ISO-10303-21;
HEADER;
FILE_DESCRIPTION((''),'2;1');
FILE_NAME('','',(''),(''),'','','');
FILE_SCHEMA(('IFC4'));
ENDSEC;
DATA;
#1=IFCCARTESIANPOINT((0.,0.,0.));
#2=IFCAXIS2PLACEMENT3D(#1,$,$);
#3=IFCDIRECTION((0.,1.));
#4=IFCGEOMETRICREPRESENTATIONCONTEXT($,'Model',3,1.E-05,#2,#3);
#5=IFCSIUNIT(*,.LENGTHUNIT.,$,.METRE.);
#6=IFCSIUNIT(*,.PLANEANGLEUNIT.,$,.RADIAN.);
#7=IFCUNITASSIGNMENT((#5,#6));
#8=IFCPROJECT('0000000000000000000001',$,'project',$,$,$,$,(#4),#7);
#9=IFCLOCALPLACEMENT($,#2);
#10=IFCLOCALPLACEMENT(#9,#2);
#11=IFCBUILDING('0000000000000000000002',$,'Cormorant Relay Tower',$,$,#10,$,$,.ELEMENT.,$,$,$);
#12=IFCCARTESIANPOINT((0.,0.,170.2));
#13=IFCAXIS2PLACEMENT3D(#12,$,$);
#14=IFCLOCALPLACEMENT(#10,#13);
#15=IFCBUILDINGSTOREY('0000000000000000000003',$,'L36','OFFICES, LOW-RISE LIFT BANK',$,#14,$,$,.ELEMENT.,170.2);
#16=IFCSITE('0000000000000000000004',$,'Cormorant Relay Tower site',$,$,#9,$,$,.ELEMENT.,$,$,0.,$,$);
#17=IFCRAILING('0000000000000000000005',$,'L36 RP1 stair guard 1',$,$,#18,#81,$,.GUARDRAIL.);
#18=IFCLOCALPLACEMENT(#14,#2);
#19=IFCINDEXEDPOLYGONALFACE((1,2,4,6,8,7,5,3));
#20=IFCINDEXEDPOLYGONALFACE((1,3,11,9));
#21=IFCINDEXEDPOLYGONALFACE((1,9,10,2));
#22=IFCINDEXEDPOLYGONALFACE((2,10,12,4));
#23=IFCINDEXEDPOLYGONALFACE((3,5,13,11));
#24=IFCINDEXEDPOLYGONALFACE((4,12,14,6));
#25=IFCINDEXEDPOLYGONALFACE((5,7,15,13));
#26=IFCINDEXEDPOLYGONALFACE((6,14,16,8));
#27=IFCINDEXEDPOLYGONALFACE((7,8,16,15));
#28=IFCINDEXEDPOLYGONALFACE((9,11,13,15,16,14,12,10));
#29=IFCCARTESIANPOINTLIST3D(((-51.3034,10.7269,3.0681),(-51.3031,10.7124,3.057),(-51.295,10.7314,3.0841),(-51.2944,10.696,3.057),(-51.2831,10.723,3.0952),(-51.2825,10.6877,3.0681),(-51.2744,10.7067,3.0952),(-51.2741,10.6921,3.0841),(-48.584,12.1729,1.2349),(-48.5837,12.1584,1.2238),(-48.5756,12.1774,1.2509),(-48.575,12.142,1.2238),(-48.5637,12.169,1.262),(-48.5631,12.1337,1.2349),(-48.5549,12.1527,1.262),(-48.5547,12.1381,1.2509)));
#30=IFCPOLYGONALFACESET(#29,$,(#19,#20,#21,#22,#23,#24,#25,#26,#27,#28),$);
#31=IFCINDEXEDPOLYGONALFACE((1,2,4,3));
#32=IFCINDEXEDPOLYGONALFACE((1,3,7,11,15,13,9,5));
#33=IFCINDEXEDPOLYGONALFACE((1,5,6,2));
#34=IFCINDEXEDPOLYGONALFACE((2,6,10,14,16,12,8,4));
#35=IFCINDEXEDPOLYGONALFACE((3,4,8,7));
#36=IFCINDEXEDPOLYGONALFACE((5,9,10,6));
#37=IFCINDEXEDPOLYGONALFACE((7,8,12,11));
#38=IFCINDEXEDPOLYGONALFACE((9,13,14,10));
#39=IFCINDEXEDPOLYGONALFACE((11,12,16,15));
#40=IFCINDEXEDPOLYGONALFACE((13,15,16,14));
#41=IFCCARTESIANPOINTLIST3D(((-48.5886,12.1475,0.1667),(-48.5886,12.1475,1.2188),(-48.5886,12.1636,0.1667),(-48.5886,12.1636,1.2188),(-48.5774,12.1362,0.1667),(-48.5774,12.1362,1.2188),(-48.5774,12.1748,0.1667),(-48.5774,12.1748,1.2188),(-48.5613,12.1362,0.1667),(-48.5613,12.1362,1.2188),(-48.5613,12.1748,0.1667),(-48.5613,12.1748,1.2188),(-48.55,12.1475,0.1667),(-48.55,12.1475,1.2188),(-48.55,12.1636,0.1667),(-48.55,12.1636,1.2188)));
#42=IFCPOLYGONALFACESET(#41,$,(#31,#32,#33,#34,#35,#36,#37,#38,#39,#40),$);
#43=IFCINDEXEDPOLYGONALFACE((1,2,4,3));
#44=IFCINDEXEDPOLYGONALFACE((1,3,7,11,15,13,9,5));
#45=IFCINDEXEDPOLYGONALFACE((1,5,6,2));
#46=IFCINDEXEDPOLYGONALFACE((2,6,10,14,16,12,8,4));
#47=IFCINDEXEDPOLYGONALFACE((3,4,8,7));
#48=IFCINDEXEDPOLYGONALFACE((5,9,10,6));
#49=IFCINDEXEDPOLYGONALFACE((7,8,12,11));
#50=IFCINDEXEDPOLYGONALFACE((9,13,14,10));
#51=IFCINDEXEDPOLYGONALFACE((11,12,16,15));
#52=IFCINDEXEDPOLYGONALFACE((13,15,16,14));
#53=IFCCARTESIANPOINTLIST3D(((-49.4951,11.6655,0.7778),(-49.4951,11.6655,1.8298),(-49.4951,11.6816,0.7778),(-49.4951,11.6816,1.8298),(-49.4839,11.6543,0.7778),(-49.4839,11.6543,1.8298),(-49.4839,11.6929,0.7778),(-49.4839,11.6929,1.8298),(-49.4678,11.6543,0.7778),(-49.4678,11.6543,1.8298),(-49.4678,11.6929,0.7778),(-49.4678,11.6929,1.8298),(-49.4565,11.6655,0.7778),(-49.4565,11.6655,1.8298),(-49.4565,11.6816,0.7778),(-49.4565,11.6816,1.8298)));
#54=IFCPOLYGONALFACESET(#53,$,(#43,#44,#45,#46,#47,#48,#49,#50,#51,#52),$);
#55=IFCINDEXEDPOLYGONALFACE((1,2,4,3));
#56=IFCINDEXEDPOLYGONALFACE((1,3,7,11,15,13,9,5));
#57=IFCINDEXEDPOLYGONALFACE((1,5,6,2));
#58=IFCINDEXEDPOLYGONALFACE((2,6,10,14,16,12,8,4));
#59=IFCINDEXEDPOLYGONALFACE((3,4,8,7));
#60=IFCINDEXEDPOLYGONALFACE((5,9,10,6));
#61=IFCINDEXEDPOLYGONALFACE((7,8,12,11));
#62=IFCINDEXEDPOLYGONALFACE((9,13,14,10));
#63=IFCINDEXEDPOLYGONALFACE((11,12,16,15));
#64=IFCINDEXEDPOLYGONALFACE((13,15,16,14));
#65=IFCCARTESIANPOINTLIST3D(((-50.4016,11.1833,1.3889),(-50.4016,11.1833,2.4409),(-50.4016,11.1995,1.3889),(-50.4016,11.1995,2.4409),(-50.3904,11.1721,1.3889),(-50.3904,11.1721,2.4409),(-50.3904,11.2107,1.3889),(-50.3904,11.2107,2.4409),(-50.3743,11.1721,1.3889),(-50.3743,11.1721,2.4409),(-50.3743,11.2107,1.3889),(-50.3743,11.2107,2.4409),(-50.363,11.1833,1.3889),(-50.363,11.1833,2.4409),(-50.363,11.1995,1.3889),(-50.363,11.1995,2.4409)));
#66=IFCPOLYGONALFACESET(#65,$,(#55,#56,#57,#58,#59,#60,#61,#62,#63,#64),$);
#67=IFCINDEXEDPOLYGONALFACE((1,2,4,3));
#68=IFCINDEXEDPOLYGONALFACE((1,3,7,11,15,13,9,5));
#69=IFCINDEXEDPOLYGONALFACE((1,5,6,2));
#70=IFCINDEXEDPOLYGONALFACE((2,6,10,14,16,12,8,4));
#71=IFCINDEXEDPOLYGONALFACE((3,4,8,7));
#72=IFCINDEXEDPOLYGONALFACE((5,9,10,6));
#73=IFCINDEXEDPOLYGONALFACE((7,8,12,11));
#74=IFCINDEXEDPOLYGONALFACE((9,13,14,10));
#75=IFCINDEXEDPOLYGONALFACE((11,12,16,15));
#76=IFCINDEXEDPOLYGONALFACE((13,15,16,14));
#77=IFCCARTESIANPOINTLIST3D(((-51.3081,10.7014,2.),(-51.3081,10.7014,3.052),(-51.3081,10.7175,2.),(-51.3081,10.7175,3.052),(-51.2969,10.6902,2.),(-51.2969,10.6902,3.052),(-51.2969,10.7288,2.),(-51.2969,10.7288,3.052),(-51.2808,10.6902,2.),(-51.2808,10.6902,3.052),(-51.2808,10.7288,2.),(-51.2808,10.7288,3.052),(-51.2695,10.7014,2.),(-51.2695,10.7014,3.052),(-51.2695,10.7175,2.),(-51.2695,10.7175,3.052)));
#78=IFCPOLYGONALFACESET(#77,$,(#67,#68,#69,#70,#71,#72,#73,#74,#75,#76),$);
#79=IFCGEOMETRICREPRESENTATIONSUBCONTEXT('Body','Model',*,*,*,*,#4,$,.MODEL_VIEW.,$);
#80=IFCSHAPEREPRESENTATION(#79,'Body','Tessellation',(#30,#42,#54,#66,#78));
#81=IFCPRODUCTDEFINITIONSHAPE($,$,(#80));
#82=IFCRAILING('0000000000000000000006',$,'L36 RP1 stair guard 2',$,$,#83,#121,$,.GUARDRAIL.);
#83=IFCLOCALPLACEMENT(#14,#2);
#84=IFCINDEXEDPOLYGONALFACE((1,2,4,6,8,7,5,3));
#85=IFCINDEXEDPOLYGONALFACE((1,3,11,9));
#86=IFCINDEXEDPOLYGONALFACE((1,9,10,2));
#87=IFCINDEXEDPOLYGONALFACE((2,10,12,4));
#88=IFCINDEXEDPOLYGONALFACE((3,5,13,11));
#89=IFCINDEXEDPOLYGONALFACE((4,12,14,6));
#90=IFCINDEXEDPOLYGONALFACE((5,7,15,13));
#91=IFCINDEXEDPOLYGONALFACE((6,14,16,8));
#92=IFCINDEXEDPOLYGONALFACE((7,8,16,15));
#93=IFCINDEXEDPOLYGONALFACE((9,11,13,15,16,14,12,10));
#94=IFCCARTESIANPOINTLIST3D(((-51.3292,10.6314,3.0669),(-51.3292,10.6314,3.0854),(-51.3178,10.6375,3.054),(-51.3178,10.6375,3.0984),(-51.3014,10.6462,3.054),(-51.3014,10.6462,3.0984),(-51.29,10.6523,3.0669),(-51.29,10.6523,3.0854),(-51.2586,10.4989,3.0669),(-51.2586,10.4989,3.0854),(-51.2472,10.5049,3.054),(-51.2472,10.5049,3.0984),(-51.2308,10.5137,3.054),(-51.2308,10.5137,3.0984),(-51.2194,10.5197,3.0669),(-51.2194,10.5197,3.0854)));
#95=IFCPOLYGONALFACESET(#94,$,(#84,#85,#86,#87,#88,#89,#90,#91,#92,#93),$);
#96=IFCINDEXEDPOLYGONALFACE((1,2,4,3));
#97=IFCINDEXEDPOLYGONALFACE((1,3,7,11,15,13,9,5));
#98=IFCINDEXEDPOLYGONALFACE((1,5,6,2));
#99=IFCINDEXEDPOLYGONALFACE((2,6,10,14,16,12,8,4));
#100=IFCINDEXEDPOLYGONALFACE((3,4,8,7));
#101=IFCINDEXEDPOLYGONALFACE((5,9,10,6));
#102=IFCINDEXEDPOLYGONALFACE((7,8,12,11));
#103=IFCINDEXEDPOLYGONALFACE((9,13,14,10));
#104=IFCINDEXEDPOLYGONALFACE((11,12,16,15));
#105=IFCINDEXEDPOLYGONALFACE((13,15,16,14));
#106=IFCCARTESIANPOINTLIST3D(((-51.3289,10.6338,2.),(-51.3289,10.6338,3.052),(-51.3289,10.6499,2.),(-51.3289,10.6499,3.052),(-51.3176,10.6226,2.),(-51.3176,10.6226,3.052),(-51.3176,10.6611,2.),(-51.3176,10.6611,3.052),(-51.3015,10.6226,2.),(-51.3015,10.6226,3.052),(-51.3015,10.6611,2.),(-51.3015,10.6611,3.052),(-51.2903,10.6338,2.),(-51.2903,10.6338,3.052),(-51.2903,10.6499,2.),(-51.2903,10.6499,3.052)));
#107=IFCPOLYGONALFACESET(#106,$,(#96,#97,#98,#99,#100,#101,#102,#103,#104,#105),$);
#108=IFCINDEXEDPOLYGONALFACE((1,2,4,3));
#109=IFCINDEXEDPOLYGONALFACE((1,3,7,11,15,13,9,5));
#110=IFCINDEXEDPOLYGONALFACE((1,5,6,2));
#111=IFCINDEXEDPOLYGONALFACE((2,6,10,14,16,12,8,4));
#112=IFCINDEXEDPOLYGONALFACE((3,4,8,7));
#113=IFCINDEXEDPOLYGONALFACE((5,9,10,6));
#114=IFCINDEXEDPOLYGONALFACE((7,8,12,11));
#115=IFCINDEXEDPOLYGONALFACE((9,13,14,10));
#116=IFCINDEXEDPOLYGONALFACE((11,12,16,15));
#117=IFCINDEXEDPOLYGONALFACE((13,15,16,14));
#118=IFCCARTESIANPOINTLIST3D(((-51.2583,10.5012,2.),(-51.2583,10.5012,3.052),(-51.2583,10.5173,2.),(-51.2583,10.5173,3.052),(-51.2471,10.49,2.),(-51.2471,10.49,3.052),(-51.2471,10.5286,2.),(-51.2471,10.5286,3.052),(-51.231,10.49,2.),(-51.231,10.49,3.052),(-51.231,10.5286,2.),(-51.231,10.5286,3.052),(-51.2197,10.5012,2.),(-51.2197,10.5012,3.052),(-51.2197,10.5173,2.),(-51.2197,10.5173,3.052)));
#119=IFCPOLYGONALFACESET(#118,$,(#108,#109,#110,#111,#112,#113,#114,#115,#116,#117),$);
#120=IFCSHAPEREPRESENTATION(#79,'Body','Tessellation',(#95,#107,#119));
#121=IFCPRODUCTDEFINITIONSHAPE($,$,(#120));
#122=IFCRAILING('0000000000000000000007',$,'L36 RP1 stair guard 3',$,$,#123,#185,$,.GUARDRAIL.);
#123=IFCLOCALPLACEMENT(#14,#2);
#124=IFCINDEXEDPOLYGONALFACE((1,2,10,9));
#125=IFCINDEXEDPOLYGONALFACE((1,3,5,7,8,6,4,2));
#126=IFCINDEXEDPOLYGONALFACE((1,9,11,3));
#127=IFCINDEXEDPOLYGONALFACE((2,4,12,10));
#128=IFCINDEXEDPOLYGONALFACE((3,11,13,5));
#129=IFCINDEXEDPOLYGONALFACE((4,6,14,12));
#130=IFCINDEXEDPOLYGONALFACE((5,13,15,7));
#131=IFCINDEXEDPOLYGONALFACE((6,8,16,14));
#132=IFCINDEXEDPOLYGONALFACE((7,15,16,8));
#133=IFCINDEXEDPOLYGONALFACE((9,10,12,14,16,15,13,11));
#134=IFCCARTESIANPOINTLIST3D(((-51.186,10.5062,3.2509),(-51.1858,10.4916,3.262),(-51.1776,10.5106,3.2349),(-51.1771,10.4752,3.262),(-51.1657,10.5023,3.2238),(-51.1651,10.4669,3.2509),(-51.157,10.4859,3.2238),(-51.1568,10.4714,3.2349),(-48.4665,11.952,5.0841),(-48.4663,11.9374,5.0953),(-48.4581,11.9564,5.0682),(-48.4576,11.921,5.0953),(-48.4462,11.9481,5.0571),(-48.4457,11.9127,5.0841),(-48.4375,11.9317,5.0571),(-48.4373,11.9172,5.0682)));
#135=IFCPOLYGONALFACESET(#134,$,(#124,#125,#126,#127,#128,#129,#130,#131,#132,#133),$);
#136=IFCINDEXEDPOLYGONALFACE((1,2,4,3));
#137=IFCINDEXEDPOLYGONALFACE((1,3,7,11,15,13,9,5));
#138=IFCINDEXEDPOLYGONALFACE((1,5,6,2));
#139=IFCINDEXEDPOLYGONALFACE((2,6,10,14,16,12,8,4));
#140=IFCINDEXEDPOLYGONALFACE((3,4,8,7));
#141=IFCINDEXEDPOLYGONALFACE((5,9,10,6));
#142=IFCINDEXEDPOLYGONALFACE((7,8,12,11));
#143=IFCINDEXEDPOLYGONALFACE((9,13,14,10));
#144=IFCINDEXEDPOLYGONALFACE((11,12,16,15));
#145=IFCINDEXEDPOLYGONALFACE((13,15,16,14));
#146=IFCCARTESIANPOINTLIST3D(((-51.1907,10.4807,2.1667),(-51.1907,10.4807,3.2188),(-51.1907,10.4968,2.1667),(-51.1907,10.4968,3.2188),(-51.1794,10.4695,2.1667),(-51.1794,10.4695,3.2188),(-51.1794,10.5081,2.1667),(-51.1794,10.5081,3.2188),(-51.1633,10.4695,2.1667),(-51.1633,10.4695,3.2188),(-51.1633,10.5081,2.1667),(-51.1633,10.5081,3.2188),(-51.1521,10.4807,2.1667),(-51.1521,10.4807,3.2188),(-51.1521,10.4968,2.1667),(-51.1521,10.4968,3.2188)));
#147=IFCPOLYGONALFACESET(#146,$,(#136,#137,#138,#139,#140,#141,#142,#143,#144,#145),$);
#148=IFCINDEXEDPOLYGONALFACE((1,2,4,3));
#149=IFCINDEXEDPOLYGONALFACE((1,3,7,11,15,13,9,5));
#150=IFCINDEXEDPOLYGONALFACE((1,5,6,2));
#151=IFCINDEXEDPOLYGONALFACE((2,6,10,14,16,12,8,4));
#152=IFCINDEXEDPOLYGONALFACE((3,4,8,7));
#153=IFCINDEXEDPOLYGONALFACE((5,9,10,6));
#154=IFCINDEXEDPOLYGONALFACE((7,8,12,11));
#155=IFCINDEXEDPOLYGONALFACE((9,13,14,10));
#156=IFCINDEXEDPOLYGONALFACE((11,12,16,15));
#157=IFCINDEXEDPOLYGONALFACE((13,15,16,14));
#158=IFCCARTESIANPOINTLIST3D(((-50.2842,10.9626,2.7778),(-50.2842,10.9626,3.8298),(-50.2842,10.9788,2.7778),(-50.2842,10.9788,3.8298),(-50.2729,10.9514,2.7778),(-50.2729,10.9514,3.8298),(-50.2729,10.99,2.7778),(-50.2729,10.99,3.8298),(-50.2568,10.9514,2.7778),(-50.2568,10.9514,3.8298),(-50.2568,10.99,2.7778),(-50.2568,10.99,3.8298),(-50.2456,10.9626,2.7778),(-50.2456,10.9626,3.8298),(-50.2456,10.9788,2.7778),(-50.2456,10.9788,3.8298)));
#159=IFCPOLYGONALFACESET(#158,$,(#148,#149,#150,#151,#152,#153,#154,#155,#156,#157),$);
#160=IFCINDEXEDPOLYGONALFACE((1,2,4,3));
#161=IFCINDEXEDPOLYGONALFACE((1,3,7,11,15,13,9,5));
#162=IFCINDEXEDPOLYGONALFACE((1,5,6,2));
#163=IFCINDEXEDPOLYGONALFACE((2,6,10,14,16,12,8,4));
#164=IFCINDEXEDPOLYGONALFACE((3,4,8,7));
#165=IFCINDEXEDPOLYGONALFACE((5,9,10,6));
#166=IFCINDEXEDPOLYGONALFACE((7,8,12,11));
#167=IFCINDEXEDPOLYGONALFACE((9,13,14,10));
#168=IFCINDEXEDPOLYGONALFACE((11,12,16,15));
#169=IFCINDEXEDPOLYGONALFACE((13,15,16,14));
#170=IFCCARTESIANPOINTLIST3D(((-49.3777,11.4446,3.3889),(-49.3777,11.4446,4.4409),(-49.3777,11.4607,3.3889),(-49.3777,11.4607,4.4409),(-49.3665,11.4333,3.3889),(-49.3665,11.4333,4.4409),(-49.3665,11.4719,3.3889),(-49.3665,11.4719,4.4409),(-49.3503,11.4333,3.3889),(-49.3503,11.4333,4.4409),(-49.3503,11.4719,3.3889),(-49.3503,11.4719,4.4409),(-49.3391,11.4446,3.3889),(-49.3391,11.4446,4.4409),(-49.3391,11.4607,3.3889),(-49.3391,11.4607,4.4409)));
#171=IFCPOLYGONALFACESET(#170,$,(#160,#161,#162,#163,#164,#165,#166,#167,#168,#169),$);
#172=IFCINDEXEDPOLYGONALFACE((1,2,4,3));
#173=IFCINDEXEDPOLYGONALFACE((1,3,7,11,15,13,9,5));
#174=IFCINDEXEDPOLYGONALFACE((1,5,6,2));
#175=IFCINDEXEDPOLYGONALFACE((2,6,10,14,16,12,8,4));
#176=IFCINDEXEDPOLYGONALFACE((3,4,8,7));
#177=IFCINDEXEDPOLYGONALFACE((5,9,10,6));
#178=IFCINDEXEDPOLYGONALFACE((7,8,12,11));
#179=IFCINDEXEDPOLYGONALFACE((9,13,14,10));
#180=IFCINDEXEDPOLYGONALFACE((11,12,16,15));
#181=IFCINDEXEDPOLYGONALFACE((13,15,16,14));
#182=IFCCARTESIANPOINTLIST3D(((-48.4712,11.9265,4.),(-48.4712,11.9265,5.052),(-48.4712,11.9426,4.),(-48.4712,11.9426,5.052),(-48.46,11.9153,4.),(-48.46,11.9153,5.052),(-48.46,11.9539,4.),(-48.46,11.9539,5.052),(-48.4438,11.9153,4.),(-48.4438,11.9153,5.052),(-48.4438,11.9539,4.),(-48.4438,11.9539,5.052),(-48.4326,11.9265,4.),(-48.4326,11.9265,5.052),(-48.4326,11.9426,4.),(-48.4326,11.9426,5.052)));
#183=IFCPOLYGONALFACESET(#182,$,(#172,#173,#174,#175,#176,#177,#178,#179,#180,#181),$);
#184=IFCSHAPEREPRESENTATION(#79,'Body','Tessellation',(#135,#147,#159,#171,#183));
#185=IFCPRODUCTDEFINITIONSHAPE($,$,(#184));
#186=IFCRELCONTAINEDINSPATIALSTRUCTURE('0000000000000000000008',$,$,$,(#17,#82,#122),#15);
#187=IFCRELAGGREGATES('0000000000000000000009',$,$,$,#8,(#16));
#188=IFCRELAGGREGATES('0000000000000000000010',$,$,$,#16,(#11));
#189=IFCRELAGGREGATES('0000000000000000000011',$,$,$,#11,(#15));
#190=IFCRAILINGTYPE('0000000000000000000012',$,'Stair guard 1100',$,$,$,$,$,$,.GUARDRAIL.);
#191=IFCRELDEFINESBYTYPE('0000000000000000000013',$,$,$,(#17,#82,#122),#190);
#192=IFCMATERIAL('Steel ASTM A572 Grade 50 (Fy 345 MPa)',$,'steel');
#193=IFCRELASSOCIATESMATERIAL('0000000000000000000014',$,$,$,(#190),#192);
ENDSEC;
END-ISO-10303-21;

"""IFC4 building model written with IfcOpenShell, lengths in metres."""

from ifc_helpers import new_model, si_unit, direction, frame, origin, place, context, subcontext, project, spatial, polyline, outline, extrude, material, type_object, element, save


model = new_model("IFC4")

# Units and contexts
model_context = context("Model", 3, precision=1e-05, world=origin(), true_north=direction((0.0, 1.0)))
body_context = subcontext(model_context, "Body", "Model", "MODEL_VIEW")
ifc_project = project(units=[si_unit("LENGTHUNIT", "METRE"), si_unit("PLANEANGLEUNIT", "RADIAN")], contexts=[model_context])

# Site, building, storey
site_placement = place(None, origin())
site = spatial("IfcSite", under=ifc_project, at=site_placement, Name="Cormorant Relay Tower site", CompositionType="ELEMENT", RefElevation=0.0)
building_placement = place(site_placement, origin())
building = spatial("IfcBuilding", under=site, at=building_placement, Name="Cormorant Relay Tower", CompositionType="ELEMENT")
storey_placement = place(building_placement, frame((0.0, 0.0, 170.2)))
storey = spatial("IfcBuildingStorey", under=building, at=storey_placement, Name="L36", Description="OFFICES, LOW-RISE LIFT BANK", CompositionType="ELEMENT", Elevation=170.2)

# Railings
ifc_material_1 = material(Name="Steel ASTM A572 Grade 50 (Fy 345 MPa)", Category="steel")
railing_type_1 = type_object("IfcRailingType", Name="Stair guard 1100", PredefinedType="GUARDRAIL", material=ifc_material_1)
railing_1_placement = place(storey_placement, frame((-48.5693, 12.1555, 0.1667)))
element("IfcRailing", 1, at=railing_1_placement, inside=storey, type_object=railing_type_1, Name="L36 RP1 stair guard 1", PredefinedType="GUARDRAIL", context=body_context, shape_type="SweptSolid", body=[
    extrude(outline(polyline([(0.0222, 0.0093), (0.0093, 0.0222), (-0.0093, 0.0222), (-0.0222, 0.0093), (-0.0222, -0.0093), (-0.0093, -0.0222), (0.0093, -0.0222), (0.0222, -0.0093), (0.0222, 0.0093)])), frame((0.0, 0.0, 1.0762), z_axis=(-0.758714, -0.403435, 0.511463), x_axis=(0.469489, -0.882938, 0.0)), (0.0, 0.0, 1.0), 3.5842),
    extrude(outline(polyline([(0.0193, 0.0081), (0.0081, 0.0193), (-0.0081, 0.0193), (-0.0193, 0.0081), (-0.0193, -0.0081), (-0.0081, -0.0193), (0.0081, -0.0193), (0.0193, -0.0081), (0.0193, 0.0081)])), origin(), (0.0, 0.0, 1.0), 1.052),
    extrude(outline(polyline([(0.0193, 0.0081), (0.0081, 0.0193), (-0.0081, 0.0193), (-0.0193, 0.0081), (-0.0193, -0.0081), (-0.0081, -0.0193), (0.0081, -0.0193), (0.0193, -0.0081), (0.0193, 0.0081)])), frame((-0.9065, -0.4819, 0.6111)), (0.0, 0.0, 1.0), 1.052),
    extrude(outline(polyline([(0.0193, 0.0081), (0.0081, 0.0193), (-0.0081, 0.0193), (-0.0193, 0.0081), (-0.0193, -0.0081), (-0.0081, -0.0193), (0.0081, -0.0193), (0.0193, -0.0081), (0.0193, 0.0081)])), frame((-1.813, -0.9641, 1.2222)), (0.0, 0.0, 1.0), 1.052),
    extrude(outline(polyline([(0.0193, 0.0081), (0.0081, 0.0193), (-0.0081, 0.0193), (-0.0193, 0.0081), (-0.0193, -0.0081), (-0.0081, -0.0193), (0.0081, -0.0193), (0.0193, -0.0081), (0.0193, 0.0081)])), frame((-2.7195, -1.446, 1.8333)), (0.0, 0.0, 1.0), 1.052),
])
railing_2_placement = place(storey_placement, frame((-51.3096, 10.6418, 2.0)))
element("IfcRailing", 2, at=railing_2_placement, inside=storey, type_object=railing_type_1, Name="L36 RP1 stair guard 2", PredefinedType="GUARDRAIL", context=body_context, shape_type="SweptSolid", body=[
    extrude(outline(polyline([(0.0222, 0.0093), (0.0093, 0.0222), (-0.0093, 0.0222), (-0.0222, 0.0093), (-0.0222, -0.0093), (-0.0093, -0.0222), (0.0093, -0.0222), (0.0222, -0.0093), (0.0222, 0.0093)])), frame((0.0, 0.0, 1.0762), z_axis=(0.469829, -0.882758, 0.0), x_axis=(0.882758, 0.469829, 0.0)), (0.0, 0.0, 1.0), 0.1501),
    extrude(outline(polyline([(0.0193, 0.0081), (0.0081, 0.0193), (-0.0081, 0.0193), (-0.0193, 0.0081), (-0.0193, -0.0081), (-0.0081, -0.0193), (0.0081, -0.0193), (0.0193, -0.0081), (0.0193, 0.0081)])), origin(), (0.0, 0.0, 1.0), 1.052),
    extrude(outline(polyline([(0.0193, 0.0081), (0.0081, 0.0193), (-0.0081, 0.0193), (-0.0193, 0.0081), (-0.0193, -0.0081), (-0.0081, -0.0193), (0.0081, -0.0193), (0.0193, -0.0081), (0.0193, 0.0081)])), frame((0.0706, -0.1326, 0.0)), (0.0, 0.0, 1.0), 1.052),
])
railing_3_placement = place(storey_placement, frame((-51.1714, 10.4888, 2.1667)))
element("IfcRailing", 3, at=railing_3_placement, inside=storey, type_object=railing_type_1, Name="L36 RP1 stair guard 3", PredefinedType="GUARDRAIL", context=body_context, shape_type="SweptSolid", body=[
    extrude(outline(polyline([(0.0222, 0.0093), (0.0093, 0.0222), (-0.0093, 0.0222), (-0.0222, 0.0093), (-0.0222, -0.0093), (-0.0093, -0.0222), (0.0093, -0.0222), (0.0222, -0.0093), (0.0222, 0.0093)])), frame((0.0, 0.0, 1.0762), z_axis=(0.758735, 0.403378, 0.511477), x_axis=(-0.469428, 0.882971, 0.0)), (0.0, 0.0, 1.0), 3.5842),
    extrude(outline(polyline([(0.0193, 0.0081), (0.0081, 0.0193), (-0.0081, 0.0193), (-0.0193, 0.0081), (-0.0193, -0.0081), (-0.0081, -0.0193), (0.0081, -0.0193), (0.0193, -0.0081), (0.0193, 0.0081)])), origin(), (0.0, 0.0, 1.0), 1.052),
    extrude(outline(polyline([(0.0193, 0.0081), (0.0081, 0.0193), (-0.0081, 0.0193), (-0.0193, 0.0081), (-0.0193, -0.0081), (-0.0081, -0.0193), (0.0081, -0.0193), (0.0193, -0.0081), (0.0193, 0.0081)])), frame((0.9065, 0.4819, 0.6111)), (0.0, 0.0, 1.0), 1.052),
    extrude(outline(polyline([(0.0193, 0.0081), (0.0081, 0.0193), (-0.0081, 0.0193), (-0.0193, 0.0081), (-0.0193, -0.0081), (-0.0081, -0.0193), (0.0081, -0.0193), (0.0193, -0.0081), (0.0193, 0.0081)])), frame((1.813, 0.9639, 1.2222)), (0.0, 0.0, 1.0), 1.052),
    extrude(outline(polyline([(0.0193, 0.0081), (0.0081, 0.0193), (-0.0081, 0.0193), (-0.0193, 0.0081), (-0.0193, -0.0081), (-0.0081, -0.0193), (0.0081, -0.0193), (0.0193, -0.0081), (0.0193, 0.0081)])), frame((2.7195, 1.4458, 1.8333)), (0.0, 0.0, 1.0), 1.052),
])

save(model, "model.ifc")
